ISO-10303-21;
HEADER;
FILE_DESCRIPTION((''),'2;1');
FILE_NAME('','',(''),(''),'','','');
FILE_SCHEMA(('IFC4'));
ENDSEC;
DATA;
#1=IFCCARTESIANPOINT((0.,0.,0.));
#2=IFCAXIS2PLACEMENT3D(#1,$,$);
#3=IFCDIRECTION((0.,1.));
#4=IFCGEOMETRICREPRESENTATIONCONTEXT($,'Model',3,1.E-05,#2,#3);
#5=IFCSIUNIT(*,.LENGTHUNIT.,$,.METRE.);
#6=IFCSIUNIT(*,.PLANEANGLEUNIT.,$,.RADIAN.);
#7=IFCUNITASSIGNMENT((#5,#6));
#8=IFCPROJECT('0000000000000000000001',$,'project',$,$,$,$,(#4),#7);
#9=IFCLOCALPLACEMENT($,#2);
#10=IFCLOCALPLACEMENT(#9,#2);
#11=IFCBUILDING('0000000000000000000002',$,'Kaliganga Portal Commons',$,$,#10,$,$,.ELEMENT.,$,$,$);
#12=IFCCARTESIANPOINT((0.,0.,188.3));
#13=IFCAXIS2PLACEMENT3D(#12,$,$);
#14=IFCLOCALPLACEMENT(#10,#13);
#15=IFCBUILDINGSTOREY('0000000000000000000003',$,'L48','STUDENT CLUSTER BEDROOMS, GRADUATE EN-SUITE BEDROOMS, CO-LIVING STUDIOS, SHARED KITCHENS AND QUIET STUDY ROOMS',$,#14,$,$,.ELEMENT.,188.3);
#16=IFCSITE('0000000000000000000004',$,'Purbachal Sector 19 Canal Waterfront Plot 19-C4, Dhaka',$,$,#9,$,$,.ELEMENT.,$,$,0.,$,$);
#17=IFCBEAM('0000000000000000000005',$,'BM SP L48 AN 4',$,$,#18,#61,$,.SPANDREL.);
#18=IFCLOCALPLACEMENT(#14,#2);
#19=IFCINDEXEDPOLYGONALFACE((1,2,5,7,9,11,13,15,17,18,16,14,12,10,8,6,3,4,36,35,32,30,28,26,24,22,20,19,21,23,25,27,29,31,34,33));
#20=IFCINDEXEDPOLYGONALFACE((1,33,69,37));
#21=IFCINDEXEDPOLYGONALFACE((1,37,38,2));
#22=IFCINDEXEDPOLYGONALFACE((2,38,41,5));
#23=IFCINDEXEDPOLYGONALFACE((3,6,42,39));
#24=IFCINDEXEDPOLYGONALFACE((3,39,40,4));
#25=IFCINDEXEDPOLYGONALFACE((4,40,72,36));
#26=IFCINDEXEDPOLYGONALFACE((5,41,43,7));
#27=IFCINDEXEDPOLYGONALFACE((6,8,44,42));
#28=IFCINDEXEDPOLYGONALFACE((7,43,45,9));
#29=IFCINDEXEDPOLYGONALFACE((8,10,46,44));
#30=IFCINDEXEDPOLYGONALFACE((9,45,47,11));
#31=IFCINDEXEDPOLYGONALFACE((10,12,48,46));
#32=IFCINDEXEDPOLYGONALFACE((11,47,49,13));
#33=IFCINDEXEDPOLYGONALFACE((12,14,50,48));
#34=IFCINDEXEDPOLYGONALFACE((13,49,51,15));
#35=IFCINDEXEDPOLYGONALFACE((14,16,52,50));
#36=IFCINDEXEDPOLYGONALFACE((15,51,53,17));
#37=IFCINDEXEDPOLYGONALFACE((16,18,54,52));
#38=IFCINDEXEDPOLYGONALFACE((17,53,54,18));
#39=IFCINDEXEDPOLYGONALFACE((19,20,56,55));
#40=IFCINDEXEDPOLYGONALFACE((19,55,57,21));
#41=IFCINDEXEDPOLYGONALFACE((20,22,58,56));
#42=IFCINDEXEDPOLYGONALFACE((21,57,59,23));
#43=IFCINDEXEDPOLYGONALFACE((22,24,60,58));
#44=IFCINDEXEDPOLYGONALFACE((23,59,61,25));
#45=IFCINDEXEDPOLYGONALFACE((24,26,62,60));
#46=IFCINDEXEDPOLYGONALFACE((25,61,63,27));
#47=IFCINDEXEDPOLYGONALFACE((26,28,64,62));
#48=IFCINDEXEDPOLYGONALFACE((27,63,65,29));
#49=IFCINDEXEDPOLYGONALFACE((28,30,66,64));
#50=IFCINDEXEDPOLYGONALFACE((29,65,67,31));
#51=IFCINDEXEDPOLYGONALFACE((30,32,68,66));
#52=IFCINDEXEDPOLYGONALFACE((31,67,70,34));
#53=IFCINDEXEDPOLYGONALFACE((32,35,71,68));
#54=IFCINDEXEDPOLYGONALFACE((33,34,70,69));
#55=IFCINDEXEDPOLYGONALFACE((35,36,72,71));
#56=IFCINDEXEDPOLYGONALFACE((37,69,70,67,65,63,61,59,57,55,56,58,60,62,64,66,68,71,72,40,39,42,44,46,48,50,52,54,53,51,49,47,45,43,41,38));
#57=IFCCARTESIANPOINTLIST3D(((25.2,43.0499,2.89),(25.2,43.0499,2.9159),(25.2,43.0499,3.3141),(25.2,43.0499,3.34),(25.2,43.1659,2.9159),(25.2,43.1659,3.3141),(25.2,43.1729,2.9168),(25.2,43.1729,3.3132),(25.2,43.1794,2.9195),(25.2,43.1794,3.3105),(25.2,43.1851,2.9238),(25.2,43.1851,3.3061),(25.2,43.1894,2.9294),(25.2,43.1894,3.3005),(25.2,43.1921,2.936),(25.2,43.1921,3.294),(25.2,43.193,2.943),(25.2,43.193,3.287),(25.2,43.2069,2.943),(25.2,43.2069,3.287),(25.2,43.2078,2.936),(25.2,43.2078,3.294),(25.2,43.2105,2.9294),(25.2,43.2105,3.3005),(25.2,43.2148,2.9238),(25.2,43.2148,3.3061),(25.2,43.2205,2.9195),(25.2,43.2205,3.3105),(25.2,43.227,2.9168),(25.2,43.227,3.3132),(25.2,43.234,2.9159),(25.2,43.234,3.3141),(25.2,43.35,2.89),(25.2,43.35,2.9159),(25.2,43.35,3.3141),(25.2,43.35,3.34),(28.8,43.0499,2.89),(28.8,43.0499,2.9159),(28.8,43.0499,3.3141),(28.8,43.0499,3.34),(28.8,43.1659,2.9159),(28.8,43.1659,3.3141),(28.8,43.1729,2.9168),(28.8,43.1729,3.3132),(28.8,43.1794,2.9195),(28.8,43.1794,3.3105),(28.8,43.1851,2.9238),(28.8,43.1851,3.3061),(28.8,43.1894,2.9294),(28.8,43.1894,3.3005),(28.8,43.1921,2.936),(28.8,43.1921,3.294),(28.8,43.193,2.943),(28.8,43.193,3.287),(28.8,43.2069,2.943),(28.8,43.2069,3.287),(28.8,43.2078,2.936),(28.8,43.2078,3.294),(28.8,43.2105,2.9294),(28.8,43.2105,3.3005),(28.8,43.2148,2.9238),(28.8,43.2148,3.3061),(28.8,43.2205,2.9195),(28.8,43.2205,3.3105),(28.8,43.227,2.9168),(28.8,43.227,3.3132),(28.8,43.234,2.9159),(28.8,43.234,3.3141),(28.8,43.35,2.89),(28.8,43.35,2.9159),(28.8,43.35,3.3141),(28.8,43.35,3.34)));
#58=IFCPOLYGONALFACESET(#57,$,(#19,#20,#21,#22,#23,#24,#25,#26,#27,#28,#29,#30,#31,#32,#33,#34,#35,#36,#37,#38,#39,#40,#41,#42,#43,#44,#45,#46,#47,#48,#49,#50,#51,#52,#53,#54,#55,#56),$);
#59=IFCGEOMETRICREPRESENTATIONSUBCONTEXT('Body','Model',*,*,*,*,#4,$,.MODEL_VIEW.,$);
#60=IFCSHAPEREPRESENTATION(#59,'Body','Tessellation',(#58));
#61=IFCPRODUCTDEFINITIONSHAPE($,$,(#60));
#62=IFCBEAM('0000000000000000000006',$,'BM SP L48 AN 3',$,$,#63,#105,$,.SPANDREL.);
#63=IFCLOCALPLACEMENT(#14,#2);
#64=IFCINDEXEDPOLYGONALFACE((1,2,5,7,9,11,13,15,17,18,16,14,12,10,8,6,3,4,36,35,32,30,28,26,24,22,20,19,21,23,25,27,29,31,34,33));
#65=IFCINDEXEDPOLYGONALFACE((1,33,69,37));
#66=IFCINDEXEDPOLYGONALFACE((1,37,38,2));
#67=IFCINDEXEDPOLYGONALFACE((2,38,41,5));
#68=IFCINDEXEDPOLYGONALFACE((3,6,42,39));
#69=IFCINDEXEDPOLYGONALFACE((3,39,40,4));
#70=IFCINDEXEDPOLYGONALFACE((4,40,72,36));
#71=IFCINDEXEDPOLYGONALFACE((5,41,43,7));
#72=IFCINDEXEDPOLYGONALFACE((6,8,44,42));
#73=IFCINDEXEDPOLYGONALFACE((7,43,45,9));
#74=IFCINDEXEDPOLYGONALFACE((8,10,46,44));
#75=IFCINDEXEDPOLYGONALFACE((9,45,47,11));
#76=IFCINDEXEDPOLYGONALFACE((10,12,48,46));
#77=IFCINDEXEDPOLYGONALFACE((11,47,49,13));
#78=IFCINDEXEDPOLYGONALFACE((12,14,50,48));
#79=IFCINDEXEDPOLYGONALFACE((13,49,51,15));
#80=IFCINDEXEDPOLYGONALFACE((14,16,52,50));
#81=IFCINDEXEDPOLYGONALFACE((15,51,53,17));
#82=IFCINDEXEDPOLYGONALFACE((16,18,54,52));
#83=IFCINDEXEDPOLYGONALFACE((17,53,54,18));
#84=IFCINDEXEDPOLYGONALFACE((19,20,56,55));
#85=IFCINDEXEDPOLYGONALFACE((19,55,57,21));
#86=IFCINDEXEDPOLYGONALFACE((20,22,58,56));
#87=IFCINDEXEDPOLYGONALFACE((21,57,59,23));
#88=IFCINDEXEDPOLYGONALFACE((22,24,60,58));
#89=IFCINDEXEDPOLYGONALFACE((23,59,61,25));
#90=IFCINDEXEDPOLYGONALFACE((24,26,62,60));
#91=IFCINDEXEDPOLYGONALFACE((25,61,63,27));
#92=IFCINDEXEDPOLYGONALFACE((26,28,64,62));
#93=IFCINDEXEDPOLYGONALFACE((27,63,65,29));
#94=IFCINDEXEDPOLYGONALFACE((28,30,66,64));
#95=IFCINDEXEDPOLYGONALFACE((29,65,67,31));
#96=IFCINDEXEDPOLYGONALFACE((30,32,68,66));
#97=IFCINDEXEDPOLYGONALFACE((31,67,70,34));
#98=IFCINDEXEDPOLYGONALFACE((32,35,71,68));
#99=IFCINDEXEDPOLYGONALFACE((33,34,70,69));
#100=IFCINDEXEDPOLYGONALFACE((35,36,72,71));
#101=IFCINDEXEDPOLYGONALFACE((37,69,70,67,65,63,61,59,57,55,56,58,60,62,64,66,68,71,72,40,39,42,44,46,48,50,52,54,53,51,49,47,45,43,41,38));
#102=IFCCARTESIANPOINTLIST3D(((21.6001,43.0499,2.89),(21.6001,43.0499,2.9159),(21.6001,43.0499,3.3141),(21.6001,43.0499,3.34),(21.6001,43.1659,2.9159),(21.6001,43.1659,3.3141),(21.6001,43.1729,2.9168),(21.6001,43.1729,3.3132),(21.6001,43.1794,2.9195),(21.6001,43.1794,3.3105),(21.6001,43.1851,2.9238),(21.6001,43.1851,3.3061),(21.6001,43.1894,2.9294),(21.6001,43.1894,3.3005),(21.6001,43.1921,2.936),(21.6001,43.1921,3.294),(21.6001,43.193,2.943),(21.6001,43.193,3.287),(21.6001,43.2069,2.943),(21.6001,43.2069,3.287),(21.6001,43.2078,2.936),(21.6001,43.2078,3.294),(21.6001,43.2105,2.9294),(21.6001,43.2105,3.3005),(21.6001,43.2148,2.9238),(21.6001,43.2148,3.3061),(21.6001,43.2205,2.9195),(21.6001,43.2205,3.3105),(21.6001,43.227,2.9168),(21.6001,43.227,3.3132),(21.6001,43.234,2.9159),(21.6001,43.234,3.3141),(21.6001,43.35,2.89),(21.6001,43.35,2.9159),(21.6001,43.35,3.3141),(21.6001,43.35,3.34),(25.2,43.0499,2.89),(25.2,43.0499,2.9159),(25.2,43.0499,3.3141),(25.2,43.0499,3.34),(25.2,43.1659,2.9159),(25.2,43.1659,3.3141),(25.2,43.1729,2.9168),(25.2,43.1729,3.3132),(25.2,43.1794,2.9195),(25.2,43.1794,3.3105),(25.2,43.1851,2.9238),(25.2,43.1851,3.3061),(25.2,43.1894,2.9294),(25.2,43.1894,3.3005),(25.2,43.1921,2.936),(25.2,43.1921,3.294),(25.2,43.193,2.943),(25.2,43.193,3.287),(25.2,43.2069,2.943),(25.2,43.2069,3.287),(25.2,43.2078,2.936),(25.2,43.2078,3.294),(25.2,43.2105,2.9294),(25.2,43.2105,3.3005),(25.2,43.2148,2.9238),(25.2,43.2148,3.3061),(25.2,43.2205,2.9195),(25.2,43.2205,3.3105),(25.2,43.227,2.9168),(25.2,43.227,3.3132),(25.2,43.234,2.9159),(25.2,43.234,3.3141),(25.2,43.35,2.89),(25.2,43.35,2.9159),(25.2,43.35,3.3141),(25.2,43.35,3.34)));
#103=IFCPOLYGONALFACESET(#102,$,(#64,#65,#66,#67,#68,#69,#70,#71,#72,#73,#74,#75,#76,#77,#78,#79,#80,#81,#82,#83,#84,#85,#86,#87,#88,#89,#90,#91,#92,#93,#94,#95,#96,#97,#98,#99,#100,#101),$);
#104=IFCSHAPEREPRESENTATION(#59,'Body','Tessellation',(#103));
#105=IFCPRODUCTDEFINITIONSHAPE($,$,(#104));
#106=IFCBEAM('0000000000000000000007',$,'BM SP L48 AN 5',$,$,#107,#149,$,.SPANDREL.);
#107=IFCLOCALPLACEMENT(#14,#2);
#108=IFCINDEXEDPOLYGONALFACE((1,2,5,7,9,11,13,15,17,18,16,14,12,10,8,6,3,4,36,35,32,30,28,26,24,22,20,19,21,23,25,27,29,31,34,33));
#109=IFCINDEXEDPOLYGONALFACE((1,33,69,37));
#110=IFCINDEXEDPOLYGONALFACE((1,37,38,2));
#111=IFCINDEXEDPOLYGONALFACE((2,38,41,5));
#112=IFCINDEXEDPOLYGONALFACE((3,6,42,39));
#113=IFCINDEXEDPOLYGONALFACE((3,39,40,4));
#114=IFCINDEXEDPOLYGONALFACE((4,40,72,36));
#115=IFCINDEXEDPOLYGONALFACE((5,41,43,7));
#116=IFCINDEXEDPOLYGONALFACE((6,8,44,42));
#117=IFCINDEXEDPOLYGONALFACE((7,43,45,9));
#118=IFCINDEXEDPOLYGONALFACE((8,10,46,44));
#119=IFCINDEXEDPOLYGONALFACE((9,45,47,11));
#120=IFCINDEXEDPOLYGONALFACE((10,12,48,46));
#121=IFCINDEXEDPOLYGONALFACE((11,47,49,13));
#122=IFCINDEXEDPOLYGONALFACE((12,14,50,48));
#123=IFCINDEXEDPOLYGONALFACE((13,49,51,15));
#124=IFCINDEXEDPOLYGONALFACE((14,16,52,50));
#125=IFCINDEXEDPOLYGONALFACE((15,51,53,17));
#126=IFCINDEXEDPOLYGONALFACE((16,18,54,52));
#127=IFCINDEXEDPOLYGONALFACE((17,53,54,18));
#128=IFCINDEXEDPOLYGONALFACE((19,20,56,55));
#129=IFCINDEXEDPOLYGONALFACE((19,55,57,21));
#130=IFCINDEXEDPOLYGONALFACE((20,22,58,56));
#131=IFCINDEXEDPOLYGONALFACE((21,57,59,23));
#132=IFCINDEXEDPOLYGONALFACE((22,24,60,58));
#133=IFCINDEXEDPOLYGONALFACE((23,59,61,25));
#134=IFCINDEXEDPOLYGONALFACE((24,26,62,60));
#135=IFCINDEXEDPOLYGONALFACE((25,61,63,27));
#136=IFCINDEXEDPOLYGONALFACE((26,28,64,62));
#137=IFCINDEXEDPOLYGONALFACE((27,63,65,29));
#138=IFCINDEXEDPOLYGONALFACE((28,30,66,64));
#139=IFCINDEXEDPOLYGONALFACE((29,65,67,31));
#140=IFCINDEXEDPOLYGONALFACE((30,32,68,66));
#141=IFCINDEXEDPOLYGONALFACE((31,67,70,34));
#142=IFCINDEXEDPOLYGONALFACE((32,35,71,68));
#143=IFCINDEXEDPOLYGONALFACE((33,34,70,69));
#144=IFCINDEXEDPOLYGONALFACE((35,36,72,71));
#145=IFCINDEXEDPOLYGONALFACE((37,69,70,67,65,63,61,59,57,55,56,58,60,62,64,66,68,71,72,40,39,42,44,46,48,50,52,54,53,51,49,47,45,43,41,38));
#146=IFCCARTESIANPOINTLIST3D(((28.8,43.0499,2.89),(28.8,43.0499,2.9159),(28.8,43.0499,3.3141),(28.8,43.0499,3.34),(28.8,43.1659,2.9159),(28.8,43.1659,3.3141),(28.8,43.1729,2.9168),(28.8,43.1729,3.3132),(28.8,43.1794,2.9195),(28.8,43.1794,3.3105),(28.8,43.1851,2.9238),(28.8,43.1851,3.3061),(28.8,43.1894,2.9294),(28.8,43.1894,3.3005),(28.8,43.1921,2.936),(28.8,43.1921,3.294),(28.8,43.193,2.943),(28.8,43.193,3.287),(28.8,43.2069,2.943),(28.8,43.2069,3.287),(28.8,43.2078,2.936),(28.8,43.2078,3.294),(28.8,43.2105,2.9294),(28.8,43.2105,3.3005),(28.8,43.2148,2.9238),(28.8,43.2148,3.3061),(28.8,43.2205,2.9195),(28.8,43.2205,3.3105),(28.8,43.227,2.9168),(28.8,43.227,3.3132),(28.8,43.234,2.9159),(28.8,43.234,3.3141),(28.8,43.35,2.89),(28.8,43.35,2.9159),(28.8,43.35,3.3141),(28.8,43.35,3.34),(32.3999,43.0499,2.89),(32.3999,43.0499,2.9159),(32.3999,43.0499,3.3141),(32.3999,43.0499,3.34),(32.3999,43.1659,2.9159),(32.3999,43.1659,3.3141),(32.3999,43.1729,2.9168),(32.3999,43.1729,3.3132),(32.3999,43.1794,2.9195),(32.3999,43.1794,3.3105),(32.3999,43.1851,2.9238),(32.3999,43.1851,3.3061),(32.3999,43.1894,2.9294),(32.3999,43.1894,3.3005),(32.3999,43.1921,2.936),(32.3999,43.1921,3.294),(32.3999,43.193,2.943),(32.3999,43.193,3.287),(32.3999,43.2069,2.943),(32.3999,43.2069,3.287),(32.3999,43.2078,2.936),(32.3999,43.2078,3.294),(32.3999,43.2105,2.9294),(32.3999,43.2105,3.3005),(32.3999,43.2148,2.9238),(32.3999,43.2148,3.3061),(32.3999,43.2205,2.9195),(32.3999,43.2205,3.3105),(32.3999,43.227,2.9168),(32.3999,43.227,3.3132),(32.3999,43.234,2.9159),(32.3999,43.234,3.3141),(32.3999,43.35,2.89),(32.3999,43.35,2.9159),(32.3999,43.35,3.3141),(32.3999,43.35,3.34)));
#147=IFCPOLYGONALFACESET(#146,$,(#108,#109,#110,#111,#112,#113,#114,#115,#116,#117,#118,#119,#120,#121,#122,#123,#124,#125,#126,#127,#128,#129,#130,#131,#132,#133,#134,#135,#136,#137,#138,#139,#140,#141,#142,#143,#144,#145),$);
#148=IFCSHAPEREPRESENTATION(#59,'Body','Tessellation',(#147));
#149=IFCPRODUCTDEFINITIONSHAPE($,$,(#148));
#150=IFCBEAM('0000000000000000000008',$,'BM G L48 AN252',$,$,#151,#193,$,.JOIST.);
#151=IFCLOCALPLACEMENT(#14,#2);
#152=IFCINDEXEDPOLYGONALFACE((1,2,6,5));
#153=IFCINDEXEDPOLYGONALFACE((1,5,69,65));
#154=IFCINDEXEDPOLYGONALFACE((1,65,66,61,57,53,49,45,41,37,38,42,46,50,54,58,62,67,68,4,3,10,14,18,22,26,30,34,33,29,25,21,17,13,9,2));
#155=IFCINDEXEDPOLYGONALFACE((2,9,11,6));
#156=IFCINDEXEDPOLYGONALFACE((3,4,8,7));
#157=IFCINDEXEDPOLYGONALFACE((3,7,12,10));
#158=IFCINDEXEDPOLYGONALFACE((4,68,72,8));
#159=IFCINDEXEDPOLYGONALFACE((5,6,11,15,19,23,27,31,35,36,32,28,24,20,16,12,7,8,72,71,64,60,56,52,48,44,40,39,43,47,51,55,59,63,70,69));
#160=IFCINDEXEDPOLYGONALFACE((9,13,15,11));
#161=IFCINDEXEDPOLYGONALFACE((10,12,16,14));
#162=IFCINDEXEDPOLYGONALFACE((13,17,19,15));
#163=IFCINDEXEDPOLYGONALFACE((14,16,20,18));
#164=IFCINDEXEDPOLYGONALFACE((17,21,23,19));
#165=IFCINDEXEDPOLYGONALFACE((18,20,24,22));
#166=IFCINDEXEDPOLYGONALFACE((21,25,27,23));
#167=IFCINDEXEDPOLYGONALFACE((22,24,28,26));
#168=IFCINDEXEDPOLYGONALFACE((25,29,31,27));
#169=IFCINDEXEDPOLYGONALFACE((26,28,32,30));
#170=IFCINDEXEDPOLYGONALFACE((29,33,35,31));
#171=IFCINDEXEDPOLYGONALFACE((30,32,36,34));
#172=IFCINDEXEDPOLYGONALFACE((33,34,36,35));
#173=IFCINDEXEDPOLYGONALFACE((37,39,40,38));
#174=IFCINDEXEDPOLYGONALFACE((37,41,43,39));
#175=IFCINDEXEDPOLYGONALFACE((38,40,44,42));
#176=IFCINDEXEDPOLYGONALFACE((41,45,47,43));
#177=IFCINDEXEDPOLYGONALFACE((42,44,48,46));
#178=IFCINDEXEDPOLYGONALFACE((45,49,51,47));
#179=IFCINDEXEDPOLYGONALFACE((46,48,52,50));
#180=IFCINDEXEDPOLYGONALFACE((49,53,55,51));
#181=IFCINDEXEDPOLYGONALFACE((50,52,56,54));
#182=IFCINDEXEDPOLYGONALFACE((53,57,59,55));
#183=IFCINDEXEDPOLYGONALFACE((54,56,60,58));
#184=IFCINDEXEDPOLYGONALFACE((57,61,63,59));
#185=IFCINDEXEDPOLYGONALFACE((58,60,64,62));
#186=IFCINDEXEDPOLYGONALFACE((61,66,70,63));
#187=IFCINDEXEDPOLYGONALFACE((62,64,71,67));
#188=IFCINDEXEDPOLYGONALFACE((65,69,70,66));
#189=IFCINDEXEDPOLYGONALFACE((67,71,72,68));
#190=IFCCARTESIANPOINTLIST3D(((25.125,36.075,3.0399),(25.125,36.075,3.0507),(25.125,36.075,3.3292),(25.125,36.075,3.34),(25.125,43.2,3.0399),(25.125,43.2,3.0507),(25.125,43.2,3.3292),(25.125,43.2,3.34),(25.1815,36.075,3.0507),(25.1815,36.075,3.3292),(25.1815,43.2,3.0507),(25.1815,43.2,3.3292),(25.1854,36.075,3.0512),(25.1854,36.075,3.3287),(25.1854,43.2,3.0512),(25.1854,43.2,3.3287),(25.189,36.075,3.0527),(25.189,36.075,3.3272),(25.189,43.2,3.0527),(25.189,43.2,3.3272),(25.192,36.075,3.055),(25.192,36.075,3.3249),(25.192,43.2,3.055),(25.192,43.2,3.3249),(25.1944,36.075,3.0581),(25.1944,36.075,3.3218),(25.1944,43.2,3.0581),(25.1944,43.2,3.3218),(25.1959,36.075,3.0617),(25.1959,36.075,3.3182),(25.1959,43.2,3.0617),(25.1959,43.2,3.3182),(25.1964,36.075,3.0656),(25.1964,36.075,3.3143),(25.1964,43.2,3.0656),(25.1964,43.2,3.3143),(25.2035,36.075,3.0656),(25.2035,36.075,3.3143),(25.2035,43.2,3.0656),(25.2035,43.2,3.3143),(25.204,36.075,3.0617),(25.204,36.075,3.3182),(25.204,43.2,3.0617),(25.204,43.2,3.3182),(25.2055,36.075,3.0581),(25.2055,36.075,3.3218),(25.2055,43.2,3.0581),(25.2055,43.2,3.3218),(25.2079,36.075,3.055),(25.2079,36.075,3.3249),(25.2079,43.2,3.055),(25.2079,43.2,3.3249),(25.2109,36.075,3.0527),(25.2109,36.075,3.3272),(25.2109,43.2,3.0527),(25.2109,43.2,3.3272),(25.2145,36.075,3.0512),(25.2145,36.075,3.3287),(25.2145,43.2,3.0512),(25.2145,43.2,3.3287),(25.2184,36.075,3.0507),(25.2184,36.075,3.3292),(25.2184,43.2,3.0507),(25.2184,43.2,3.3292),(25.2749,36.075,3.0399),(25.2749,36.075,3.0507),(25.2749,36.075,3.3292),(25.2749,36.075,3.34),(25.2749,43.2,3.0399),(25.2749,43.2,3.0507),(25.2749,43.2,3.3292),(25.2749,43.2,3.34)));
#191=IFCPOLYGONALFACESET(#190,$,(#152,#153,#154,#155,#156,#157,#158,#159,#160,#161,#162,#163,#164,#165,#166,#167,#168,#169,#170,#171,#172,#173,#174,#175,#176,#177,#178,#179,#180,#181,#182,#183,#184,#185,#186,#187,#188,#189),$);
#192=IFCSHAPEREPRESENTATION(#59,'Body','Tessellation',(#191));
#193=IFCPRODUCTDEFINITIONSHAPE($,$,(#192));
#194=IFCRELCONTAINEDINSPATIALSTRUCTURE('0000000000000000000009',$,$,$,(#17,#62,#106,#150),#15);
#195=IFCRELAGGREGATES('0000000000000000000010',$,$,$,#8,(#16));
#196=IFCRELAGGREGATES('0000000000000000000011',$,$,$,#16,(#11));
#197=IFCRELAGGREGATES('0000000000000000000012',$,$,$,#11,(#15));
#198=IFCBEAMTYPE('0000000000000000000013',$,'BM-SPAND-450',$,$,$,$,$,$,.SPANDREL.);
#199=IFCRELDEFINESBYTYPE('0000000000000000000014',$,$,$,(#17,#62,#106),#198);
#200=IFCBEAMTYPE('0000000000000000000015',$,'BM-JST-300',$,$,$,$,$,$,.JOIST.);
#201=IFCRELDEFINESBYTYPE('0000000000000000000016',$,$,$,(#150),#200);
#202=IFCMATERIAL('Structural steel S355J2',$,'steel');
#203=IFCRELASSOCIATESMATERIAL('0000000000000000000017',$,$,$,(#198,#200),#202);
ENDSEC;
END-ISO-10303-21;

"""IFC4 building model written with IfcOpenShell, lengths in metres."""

from ifc_helpers import new_model, si_unit, direction, frame, origin, origin_2d, place, context, subcontext, project, spatial, i_section, extrude, source, transform, mapped, material, material_profile, profile_set, type_object, element, save


model = new_model("IFC4")

# Units and contexts
model_context = context("Model", 3, precision=1e-05, world=origin(), true_north=direction((0.0, 1.0)))
body_context = subcontext(model_context, "Body", "Model", "MODEL_VIEW")
ifc_project = project(units=[si_unit("LENGTHUNIT", "METRE"), si_unit("PLANEANGLEUNIT", "RADIAN")], contexts=[model_context])

# Site, building, storey
site_placement = place(None, origin())
site = spatial("IfcSite", under=ifc_project, at=site_placement, Name="Purbachal Sector 19 Canal Waterfront Plot 19-C4, Dhaka", CompositionType="ELEMENT", RefElevation=0.0)
building_placement = place(site_placement, origin())
building = spatial("IfcBuilding", under=site, at=building_placement, Name="Kaliganga Portal Commons", CompositionType="ELEMENT")
storey_placement = place(building_placement, frame((0.0, 0.0, 188.3)))
storey = spatial("IfcBuildingStorey", under=building, at=storey_placement, Name="L48", Description="STUDENT CLUSTER BEDROOMS, GRADUATE EN-SUITE BEDROOMS, CO-LIVING STUDIOS, SHARED KITCHENS AND QUIET STUDY ROOMS", CompositionType="ELEMENT", Elevation=188.3)

# Beams
ifc_material_1 = material(Name="Structural steel S355J2", Category="steel")
ifc_material_profile_1 = material_profile(ifc_material_1, i_section(OverallWidth=0.3, OverallDepth=0.45, WebThickness=0.0139, FlangeThickness=0.0259, FilletRadius=0.0271, at=origin_2d()), Name="HE 450 B")
ifc_profile_set_1 = profile_set([ifc_material_profile_1], Name="Structural steel S355J2 wide-flange")
beam_type_1 = type_object("IfcBeamType", Name="BM-SPAND-450", PredefinedType="SPANDREL", material=ifc_profile_set_1)
shared_shape_1 = source(origin(), body_context, "Body", "SweptSolid", [
    extrude(i_section(OverallWidth=0.3, OverallDepth=0.45, WebThickness=0.0139, FlangeThickness=0.0259, FilletRadius=0.0271, at=origin_2d()), origin(), (0.0, 0.0, 1.0), 3.6001),
])
for number, where, z_axis, x_axis, name in (
    (1, (25.2, 43.2, 3.115), (1.0, 0.0, 0.0), (0.0, 1.0, 0.0), "BM SP L48 AN 4"),
):
    element("IfcBeam", number, at=place(storey_placement, frame(where, z_axis=z_axis, x_axis=x_axis)), inside=storey, type_object=beam_type_1, Name=name, PredefinedType="SPANDREL", context=body_context, shape_type="MappedRepresentation", body=[
        mapped(shared_shape_1, transform((0.0, 0.0, 0.0), x_axis=(1.0, 0.0, 0.0), y_axis=(0.0, 1.0, 0.0), z_axis=(0.0, 0.0, 1.0), scale=1.0)),
    ])
shared_shape_2 = source(origin(), body_context, "Body", "SweptSolid", [
    extrude(i_section(OverallWidth=0.3, OverallDepth=0.45, WebThickness=0.0139, FlangeThickness=0.0259, FilletRadius=0.0271, at=origin_2d()), origin(), (0.0, 0.0, 1.0), 3.5999),
])
for number, where, z_axis, x_axis, name in (
    (2, (21.6001, 43.2, 3.115), (1.0, 0.0, 0.0), (0.0, 1.0, 0.0), "BM SP L48 AN 3"),
    (3, (28.8, 43.2, 3.115), (1.0, 0.0, 0.0), (0.0, 1.0, 0.0), "BM SP L48 AN 5"),
):
    element("IfcBeam", number, at=place(storey_placement, frame(where, z_axis=z_axis, x_axis=x_axis)), inside=storey, type_object=beam_type_1, Name=name, PredefinedType="SPANDREL", context=body_context, shape_type="MappedRepresentation", body=[
        mapped(shared_shape_2, transform((0.0, 0.0, 0.0), x_axis=(1.0, 0.0, 0.0), y_axis=(0.0, 1.0, 0.0), z_axis=(0.0, 0.0, 1.0), scale=1.0)),
    ])
ifc_material_profile_2 = material_profile(ifc_material_1, i_section(OverallWidth=0.1499, OverallDepth=0.3, WebThickness=0.0071, FlangeThickness=0.0107, FilletRadius=0.0149, at=origin_2d()), Name="IPE 300")
ifc_profile_set_2 = profile_set([ifc_material_profile_2], Name="Structural steel S355J2 wide-flange")
beam_type_2 = type_object("IfcBeamType", Name="BM-JST-300", PredefinedType="JOIST", material=ifc_profile_set_2)
shared_shape_3 = source(origin(), body_context, "Body", "SweptSolid", [
    extrude(i_section(OverallWidth=0.1499, OverallDepth=0.3, WebThickness=0.0071, FlangeThickness=0.0107, FilletRadius=0.0149, at=origin_2d()), origin(), (0.0, 0.0, 1.0), 7.125),
])
beam_1_placement = place(storey_placement, frame((25.2, 36.075, 3.1899), z_axis=(0.0, 1.0, 0.0), x_axis=(-1.0, 0.0, 0.0)))
element("IfcBeam", 4, at=beam_1_placement, inside=storey, type_object=beam_type_2, Name="BM G L48 AN252", PredefinedType="JOIST", context=body_context, shape_type="MappedRepresentation", body=[
    mapped(shared_shape_3, transform((0.0, 0.0, 0.0), x_axis=(1.0, 0.0, 0.0), y_axis=(0.0, 1.0, 0.0), z_axis=(0.0, 0.0, 1.0), scale=1.0)),
])

save(model, "model.ifc")
